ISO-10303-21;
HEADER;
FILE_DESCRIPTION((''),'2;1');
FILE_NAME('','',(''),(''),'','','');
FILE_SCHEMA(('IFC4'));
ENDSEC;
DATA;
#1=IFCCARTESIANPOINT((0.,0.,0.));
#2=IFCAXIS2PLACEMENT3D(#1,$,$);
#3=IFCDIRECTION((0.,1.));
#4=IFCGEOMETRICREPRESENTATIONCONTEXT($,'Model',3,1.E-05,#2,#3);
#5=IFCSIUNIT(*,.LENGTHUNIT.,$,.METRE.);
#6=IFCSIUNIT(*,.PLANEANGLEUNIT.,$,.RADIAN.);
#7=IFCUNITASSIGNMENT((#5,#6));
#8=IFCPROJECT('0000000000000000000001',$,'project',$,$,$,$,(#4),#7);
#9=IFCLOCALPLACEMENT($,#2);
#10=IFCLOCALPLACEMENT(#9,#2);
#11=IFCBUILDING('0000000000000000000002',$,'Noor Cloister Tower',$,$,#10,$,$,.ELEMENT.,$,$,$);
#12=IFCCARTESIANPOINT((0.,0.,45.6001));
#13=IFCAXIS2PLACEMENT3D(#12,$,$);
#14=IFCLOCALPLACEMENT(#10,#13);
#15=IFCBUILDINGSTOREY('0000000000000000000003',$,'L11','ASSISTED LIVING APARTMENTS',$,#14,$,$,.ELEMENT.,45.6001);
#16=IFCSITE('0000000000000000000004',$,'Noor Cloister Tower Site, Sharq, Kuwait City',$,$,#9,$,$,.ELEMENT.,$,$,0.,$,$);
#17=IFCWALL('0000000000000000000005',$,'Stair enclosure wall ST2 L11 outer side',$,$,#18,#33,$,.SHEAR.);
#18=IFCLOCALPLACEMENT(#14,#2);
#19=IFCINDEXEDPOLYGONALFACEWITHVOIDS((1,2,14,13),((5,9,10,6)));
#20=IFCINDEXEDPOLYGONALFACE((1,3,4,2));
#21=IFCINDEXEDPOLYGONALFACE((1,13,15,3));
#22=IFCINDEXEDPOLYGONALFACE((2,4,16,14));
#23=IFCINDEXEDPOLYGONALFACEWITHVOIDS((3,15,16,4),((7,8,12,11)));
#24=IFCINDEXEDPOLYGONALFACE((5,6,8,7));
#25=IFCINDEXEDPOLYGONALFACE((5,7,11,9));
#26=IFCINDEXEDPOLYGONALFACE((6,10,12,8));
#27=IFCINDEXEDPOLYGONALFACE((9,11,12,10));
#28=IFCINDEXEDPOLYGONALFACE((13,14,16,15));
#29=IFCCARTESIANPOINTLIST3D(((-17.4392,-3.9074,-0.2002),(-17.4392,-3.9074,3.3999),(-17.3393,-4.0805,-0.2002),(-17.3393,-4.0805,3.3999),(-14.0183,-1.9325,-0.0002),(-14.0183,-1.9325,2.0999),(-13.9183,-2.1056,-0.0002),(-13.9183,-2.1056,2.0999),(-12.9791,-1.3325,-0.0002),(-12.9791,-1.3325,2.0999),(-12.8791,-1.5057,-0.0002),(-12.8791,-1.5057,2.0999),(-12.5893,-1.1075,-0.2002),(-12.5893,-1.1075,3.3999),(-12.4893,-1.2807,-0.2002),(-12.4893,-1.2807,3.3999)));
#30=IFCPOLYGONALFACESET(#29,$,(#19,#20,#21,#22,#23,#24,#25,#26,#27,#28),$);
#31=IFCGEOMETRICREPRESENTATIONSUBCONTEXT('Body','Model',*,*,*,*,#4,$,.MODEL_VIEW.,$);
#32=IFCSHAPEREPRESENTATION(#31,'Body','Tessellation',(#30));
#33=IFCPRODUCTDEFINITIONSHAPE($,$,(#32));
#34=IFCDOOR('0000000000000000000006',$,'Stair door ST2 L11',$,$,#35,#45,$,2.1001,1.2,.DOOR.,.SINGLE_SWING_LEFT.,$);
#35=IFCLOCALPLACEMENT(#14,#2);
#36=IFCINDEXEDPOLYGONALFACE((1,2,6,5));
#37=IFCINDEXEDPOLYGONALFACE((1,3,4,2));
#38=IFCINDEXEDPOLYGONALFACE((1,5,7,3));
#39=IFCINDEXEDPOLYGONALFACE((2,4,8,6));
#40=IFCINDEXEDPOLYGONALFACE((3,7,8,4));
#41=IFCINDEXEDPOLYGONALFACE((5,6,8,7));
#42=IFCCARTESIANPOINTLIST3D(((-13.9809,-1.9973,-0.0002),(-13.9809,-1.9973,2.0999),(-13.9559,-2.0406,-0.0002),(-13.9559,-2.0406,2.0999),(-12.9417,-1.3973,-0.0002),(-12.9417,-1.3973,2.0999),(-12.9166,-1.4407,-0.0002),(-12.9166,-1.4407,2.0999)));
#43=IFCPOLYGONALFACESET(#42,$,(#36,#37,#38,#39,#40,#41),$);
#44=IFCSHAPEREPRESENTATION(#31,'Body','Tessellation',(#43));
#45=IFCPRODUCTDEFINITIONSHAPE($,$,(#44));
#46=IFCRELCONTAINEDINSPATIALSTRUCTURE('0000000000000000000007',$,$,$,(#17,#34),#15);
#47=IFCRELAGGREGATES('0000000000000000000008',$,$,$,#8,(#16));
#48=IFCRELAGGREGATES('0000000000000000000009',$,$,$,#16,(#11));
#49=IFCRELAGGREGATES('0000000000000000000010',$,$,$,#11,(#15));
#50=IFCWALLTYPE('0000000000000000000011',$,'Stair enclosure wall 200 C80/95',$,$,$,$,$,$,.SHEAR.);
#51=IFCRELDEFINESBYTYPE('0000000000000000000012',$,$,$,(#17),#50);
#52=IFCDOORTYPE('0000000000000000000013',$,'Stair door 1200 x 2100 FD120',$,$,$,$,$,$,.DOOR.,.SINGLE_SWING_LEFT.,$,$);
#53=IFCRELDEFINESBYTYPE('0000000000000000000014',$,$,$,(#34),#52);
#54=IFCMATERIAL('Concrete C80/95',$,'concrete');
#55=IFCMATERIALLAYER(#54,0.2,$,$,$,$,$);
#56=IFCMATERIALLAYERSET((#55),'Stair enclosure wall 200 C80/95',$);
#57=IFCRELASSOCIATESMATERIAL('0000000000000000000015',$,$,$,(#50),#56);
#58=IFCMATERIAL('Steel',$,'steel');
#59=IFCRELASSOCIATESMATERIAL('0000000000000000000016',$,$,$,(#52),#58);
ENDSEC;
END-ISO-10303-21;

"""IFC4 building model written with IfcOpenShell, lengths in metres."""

from ifc_helpers import new_model, si_unit, direction, frame, frame_2d, origin, place, context, subcontext, project, spatial, rectangle, extrude, material, layer, layer_set, type_object, element, fill, save


model = new_model("IFC4")

# Units and contexts
model_context = context("Model", 3, precision=1e-05, world=origin(), true_north=direction((0.0, 1.0)))
body_context = subcontext(model_context, "Body", "Model", "MODEL_VIEW")
ifc_project = project(units=[si_unit("LENGTHUNIT", "METRE"), si_unit("PLANEANGLEUNIT", "RADIAN")], contexts=[model_context])

# Site, building, storey
site_placement = place(None, origin())
site = spatial("IfcSite", under=ifc_project, at=site_placement, Name="Noor Cloister Tower Site, Sharq, Kuwait City", CompositionType="ELEMENT", RefElevation=0.0)
building_placement = place(site_placement, origin())
building = spatial("IfcBuilding", under=site, at=building_placement, Name="Noor Cloister Tower", CompositionType="ELEMENT")
storey_placement = place(building_placement, frame((0.0, 0.0, 45.6001)))
storey = spatial("IfcBuildingStorey", under=building, at=storey_placement, Name="L11", Description="ASSISTED LIVING APARTMENTS", CompositionType="ELEMENT", Elevation=45.6001)

# Wall, opening, door
ifc_material_1 = material(Name="Concrete C80/95", Category="concrete")
ifc_layer_1 = layer(ifc_material_1, 0.2)
ifc_layer_set_1 = layer_set([ifc_layer_1], Name="Stair enclosure wall 200 C80/95")
wall_type_1 = type_object("IfcWallType", Name="Stair enclosure wall 200 C80/95", PredefinedType="SHEAR", material=ifc_layer_set_1)
ifc_material_2 = material(Name="Steel", Category="steel")
door_type_1 = type_object("IfcDoorType", Name="Stair door 1200 x 2100 FD120", OperationType="SINGLE_SWING_LEFT", PredefinedType="DOOR", material=ifc_material_2)
wall_1_placement = place(storey_placement, frame((-12.5393, -1.1941, -0.2002), z_axis=(0.0, 0.0, 1.0), x_axis=(-0.866045, -0.499965, 0.0)))
wall_1 = element("IfcWall", 1, at=wall_1_placement, inside=storey, type_object=wall_type_1, Name="Stair enclosure wall ST2 L11 outer side", PredefinedType="SHEAR", context=body_context, shape_type="SweptSolid", body=[
    extrude(rectangle(XDim=5.6001, YDim=0.2, at=frame_2d((2.8, 0.0))), origin(), (0.0, 0.0, 1.0), 3.6001),
])
opening_1_placement = place(wall_1_placement, frame((0.45, 0.0, 0.2)))
opening_1 = element("IfcOpeningElement", 2, at=opening_1_placement, cuts=wall_1, PredefinedType="OPENING", context=body_context, shape_type="SweptSolid", body=[
    extrude(rectangle(XDim=1.2, YDim=2.1001, at=frame_2d((0.6001, 1.05))), frame((0.0, 0.1099, 0.0), z_axis=(0.0, -1.0, 0.0), x_axis=(1.0, 0.0, 0.0)), (0.0, 0.0, 1.0), 0.22),
])
door_1_placement = place(opening_1_placement, origin())
door_1 = element("IfcDoor", 3, at=door_1_placement, inside=storey, type_object=door_type_1, Name="Stair door ST2 L11", OperationType="SINGLE_SWING_LEFT", OverallHeight=2.1001, OverallWidth=1.2, PredefinedType="DOOR", context=body_context, shape_type="SweptSolid", body=[
    extrude(rectangle(XDim=1.2, YDim=2.1001, at=frame_2d((0.6001, 1.05))), frame((0.0, 0.0249, 0.0), z_axis=(0.0, -1.0, 0.0), x_axis=(1.0, 0.0, 0.0)), (0.0, 0.0, 1.0), 0.05),
])
fill(opening_1, door_1)

save(model, "model.ifc")
